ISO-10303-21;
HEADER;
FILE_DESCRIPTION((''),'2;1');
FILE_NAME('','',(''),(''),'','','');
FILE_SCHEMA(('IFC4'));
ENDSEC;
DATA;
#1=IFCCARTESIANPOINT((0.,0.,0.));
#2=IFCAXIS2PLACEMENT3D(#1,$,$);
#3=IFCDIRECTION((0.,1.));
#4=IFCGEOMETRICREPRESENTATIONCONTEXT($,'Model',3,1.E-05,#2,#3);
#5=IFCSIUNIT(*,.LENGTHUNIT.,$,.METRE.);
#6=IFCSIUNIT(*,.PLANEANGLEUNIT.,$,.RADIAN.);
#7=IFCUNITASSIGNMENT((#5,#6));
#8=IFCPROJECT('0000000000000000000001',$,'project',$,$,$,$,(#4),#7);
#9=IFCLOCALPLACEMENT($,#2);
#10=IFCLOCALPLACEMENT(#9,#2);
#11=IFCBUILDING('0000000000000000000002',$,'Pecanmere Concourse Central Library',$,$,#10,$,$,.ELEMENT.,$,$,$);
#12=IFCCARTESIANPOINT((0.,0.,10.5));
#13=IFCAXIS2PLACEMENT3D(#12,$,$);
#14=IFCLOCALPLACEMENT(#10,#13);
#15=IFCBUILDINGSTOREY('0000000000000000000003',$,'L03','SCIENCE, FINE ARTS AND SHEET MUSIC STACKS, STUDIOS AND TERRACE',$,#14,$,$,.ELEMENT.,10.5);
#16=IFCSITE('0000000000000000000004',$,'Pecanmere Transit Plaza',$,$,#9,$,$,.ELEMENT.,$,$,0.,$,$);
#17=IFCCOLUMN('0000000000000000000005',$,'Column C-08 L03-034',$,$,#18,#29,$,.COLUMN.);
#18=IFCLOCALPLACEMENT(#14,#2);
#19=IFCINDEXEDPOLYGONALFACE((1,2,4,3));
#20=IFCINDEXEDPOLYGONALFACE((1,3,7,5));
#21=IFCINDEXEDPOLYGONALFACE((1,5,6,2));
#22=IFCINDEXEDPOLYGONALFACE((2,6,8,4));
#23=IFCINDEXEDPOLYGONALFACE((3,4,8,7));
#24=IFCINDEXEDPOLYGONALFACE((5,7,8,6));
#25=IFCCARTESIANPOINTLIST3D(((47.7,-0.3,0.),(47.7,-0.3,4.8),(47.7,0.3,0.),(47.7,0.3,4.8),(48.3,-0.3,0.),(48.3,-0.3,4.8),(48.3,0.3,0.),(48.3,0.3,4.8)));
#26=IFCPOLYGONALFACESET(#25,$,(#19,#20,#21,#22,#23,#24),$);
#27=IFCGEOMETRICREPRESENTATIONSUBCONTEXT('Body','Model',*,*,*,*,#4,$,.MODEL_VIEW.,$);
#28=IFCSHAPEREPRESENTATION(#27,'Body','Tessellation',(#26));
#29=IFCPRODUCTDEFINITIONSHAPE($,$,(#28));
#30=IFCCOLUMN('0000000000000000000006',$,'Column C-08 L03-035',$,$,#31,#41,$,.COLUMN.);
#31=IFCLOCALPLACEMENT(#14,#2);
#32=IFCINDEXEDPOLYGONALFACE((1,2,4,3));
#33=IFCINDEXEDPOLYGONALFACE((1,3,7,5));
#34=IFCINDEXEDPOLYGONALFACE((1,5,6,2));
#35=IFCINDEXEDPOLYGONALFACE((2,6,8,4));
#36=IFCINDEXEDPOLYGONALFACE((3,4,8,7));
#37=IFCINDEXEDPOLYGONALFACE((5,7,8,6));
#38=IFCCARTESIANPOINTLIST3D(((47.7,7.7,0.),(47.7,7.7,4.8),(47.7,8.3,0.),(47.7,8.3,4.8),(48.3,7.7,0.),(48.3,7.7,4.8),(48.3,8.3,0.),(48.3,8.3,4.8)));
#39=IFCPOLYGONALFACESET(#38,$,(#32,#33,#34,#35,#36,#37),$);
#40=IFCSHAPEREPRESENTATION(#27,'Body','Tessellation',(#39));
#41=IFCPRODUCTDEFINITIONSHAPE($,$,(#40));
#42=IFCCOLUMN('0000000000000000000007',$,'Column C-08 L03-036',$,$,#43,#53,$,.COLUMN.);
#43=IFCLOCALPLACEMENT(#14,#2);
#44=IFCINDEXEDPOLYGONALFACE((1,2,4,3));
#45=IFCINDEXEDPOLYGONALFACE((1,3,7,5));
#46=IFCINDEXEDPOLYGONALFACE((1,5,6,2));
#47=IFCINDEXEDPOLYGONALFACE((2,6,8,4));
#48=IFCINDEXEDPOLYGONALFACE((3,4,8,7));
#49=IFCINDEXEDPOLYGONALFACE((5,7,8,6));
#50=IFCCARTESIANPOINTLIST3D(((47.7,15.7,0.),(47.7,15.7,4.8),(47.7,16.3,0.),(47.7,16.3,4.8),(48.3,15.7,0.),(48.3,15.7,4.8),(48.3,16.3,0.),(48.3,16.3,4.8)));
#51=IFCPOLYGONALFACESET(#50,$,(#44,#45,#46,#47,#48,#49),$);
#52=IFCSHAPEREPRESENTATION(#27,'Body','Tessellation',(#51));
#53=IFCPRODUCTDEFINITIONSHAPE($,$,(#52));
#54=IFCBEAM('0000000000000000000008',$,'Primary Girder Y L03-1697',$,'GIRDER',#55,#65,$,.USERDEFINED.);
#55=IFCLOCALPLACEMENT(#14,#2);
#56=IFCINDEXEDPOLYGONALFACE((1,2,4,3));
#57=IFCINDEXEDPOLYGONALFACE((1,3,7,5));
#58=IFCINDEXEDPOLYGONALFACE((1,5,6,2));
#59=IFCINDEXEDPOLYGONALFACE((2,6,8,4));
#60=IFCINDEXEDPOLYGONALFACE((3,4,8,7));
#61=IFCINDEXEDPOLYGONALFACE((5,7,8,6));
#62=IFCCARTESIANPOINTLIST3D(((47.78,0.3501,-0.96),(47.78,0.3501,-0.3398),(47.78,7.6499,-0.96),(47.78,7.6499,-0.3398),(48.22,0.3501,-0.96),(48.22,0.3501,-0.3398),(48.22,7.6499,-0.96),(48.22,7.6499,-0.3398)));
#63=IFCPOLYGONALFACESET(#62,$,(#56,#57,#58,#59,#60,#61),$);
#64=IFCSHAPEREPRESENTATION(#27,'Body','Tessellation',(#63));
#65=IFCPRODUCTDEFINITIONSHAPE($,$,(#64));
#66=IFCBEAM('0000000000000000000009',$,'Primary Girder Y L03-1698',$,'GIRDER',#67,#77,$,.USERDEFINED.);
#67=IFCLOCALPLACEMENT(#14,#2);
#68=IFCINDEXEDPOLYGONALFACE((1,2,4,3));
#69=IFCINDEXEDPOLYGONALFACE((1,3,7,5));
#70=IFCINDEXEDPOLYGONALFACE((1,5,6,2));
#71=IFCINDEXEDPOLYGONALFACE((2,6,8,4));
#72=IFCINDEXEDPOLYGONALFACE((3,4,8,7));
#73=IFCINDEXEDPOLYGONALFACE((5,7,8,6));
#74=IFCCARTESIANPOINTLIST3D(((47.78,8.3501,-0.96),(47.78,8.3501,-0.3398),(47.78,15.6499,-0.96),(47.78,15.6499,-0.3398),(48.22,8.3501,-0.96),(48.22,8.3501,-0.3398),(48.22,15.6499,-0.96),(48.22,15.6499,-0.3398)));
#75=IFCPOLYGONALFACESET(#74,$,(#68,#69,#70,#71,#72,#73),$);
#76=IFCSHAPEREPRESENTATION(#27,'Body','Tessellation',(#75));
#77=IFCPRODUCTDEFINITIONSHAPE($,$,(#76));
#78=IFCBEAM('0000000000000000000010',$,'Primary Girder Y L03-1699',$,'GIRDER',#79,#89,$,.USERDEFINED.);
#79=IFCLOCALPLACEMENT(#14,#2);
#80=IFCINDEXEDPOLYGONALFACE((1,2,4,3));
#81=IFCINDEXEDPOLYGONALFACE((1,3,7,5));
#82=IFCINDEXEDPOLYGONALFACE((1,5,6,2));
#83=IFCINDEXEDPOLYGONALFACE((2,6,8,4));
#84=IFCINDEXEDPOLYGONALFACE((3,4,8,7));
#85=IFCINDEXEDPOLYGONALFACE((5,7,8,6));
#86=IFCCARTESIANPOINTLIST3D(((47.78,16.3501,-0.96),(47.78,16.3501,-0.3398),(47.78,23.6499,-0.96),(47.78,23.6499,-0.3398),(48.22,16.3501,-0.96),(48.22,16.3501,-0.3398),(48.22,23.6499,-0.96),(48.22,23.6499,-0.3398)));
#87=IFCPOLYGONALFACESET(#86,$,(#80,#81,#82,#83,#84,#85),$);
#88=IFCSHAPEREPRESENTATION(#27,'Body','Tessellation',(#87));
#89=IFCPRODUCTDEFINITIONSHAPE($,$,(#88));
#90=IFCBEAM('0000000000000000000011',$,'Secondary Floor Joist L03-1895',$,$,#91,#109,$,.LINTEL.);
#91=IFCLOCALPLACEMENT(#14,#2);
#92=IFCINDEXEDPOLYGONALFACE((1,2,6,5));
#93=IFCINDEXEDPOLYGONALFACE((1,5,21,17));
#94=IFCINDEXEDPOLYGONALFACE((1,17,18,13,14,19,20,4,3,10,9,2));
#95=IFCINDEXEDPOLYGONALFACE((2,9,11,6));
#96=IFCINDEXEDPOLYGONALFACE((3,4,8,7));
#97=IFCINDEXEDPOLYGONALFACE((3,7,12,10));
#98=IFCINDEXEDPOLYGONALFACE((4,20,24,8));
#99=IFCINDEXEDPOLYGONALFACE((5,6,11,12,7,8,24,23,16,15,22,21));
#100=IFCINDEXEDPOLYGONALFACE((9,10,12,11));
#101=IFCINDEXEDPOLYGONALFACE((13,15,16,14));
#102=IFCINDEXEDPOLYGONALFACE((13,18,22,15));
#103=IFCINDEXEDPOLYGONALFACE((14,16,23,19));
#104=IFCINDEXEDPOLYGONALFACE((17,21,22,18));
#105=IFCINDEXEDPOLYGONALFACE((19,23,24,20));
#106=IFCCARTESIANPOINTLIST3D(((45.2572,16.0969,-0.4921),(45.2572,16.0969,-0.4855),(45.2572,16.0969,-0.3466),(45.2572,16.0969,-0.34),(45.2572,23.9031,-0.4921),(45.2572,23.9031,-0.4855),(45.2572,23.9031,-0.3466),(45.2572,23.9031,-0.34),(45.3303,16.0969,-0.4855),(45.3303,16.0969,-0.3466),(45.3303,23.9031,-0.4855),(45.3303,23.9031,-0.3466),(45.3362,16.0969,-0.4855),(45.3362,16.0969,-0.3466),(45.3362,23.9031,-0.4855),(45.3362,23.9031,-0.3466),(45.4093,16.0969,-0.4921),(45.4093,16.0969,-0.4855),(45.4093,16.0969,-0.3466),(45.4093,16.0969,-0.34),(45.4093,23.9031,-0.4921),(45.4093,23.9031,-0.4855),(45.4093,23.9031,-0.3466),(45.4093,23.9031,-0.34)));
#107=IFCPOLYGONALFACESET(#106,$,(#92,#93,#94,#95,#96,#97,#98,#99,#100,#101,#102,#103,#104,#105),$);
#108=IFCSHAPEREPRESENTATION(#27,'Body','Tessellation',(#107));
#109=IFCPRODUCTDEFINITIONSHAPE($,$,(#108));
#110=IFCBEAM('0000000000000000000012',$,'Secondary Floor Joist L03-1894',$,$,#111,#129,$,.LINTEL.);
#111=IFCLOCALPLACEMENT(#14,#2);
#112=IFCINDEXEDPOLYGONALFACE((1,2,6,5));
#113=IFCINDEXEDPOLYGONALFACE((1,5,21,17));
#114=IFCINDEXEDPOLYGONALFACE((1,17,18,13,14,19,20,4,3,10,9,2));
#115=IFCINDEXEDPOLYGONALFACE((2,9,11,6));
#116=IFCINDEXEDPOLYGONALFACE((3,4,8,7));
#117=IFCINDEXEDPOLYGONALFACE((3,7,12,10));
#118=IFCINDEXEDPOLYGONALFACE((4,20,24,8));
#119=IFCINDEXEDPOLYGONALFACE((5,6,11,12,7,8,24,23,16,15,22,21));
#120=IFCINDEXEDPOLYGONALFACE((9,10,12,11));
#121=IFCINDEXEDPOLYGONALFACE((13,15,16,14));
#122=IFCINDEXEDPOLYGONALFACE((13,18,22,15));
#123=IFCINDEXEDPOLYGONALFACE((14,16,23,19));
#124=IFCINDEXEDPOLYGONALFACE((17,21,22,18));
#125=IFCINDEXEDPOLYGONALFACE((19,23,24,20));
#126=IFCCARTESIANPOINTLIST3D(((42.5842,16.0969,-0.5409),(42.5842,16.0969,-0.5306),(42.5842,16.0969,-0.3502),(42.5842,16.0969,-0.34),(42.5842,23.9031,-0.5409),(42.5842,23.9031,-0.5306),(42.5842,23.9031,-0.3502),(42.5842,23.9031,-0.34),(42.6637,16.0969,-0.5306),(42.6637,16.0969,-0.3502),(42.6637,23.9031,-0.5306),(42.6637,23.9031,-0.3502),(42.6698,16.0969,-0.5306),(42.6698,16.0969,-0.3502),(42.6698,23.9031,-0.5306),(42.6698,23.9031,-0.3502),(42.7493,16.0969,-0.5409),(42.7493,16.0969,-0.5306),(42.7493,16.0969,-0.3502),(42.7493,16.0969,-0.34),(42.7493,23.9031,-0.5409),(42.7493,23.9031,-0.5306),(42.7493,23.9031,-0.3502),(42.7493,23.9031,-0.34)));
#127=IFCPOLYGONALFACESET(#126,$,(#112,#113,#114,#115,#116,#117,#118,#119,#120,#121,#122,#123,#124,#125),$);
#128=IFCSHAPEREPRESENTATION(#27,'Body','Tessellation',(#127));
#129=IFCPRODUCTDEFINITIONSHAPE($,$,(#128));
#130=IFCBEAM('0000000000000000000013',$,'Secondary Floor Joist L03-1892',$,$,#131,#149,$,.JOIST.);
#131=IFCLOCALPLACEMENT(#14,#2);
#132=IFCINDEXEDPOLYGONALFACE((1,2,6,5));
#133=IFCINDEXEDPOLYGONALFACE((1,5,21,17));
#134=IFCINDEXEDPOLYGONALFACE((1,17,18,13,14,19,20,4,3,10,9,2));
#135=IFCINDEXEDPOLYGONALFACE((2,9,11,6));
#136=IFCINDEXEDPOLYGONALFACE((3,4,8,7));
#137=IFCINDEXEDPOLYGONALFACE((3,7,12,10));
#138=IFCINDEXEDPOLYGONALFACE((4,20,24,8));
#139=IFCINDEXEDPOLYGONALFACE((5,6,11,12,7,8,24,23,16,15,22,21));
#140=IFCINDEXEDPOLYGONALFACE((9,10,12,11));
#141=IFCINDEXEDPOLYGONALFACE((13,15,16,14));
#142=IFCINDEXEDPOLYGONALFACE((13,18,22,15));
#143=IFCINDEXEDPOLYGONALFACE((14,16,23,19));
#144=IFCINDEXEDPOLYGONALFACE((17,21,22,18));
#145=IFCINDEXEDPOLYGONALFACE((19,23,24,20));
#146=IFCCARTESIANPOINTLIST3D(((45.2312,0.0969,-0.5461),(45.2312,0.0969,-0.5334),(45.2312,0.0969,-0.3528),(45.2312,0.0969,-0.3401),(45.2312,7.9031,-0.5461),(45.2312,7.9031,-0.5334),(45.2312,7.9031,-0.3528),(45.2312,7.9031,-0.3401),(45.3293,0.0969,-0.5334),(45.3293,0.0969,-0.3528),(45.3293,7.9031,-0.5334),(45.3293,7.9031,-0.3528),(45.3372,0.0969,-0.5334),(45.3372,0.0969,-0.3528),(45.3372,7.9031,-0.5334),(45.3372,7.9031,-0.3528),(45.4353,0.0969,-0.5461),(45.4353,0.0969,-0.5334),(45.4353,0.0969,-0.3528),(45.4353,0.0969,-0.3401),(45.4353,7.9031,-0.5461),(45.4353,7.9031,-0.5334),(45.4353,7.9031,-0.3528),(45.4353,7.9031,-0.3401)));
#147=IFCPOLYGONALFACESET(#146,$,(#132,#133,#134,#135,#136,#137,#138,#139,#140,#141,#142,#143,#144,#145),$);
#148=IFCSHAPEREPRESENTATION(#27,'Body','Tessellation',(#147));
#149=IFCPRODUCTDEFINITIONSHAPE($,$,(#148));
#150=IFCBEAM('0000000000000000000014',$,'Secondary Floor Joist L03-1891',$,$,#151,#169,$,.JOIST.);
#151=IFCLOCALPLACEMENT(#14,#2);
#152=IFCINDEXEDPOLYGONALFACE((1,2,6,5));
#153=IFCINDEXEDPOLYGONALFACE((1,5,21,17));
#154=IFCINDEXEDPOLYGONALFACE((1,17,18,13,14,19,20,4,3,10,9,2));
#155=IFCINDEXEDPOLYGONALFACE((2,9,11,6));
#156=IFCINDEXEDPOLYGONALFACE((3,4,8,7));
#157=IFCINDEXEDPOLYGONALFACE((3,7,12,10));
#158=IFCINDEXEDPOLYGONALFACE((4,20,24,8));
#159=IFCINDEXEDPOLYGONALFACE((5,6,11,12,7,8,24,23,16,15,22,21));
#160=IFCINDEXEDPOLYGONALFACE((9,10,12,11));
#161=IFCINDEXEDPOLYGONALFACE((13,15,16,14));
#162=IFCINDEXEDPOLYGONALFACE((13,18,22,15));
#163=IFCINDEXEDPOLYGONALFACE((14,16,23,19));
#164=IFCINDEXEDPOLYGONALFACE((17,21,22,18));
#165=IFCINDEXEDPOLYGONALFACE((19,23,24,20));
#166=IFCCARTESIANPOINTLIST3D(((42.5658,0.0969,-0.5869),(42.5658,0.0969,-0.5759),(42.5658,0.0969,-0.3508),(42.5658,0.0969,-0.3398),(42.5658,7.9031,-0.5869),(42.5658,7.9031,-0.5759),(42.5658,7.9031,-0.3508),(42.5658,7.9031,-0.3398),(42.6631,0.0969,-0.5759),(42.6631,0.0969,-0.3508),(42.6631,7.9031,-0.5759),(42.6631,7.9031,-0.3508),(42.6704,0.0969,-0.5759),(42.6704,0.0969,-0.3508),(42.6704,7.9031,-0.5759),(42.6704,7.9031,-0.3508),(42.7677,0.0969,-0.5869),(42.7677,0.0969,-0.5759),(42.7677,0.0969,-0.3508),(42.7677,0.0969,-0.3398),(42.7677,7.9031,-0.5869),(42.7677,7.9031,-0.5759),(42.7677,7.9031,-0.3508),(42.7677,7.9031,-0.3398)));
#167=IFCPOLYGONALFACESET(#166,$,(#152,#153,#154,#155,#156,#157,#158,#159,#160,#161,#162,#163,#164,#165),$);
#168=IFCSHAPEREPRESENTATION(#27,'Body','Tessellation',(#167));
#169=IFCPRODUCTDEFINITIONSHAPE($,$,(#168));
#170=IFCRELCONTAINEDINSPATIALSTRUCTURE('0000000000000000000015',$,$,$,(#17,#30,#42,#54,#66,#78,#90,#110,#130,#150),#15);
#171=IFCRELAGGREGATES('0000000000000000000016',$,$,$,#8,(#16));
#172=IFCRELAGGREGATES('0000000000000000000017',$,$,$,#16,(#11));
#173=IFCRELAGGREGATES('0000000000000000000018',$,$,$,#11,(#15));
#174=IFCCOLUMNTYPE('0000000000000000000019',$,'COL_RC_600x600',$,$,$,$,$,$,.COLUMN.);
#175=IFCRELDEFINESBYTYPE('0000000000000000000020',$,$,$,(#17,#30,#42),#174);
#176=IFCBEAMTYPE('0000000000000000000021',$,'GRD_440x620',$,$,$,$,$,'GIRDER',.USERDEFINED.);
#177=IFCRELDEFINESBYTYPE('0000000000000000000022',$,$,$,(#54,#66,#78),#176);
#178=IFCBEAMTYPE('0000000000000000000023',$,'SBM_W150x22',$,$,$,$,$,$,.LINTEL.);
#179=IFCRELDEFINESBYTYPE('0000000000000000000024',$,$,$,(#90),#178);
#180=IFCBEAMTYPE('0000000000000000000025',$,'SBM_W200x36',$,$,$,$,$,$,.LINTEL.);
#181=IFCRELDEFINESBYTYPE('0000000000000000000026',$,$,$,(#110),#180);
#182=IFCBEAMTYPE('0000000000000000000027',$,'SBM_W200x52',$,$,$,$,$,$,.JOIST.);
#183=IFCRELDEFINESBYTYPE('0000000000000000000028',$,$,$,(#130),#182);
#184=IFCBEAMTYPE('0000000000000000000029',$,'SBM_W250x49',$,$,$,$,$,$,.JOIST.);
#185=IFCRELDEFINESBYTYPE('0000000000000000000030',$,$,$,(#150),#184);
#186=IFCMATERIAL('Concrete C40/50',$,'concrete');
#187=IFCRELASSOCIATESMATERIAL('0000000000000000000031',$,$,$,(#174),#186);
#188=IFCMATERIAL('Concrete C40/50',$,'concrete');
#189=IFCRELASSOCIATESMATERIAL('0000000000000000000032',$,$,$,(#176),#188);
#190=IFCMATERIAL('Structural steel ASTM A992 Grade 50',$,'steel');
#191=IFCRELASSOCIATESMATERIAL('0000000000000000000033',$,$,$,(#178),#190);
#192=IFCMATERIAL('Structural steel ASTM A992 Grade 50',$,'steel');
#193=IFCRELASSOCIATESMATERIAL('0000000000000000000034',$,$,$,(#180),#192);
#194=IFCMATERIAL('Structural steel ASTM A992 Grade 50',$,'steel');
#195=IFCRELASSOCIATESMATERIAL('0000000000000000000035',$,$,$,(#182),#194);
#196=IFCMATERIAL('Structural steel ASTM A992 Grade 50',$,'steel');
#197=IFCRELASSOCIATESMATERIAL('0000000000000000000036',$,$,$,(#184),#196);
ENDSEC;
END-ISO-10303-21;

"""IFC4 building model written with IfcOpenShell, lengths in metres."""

from ifc_helpers import new_model, si_unit, direction, frame, origin, origin_2d, place, context, subcontext, project, spatial, rectangle, i_section, extrude, material, material_profile, profile_set, type_object, element, save


model = new_model("IFC4")

# Units and contexts
model_context = context("Model", 3, precision=1e-05, world=origin(), true_north=direction((0.0, 1.0)))
body_context = subcontext(model_context, "Body", "Model", "MODEL_VIEW")
ifc_project = project(units=[si_unit("LENGTHUNIT", "METRE"), si_unit("PLANEANGLEUNIT", "RADIAN")], contexts=[model_context])

# Site, building, storey
site_placement = place(None, origin())
site = spatial("IfcSite", under=ifc_project, at=site_placement, Name="Pecanmere Transit Plaza", CompositionType="ELEMENT", RefElevation=0.0)
building_placement = place(site_placement, origin())
building = spatial("IfcBuilding", under=site, at=building_placement, Name="Pecanmere Concourse Central Library", CompositionType="ELEMENT")
storey_placement = place(building_placement, frame((0.0, 0.0, 10.5)))
storey = spatial("IfcBuildingStorey", under=building, at=storey_placement, Name="L03", Description="SCIENCE, FINE ARTS AND SHEET MUSIC STACKS, STUDIOS AND TERRACE", CompositionType="ELEMENT", Elevation=10.5)

# Columns
ifc_material_1 = material(Name="Concrete C40/50", Category="concrete")
ifc_material_profile_1 = material_profile(ifc_material_1, rectangle(XDim=0.6001, YDim=0.6001, at=origin_2d()), Name="RC 600x600")
ifc_profile_set_1 = profile_set([ifc_material_profile_1], Name="Concrete C40/50")
column_type = type_object("IfcColumnType", Name="COL_RC_600x600", PredefinedType="COLUMN", material=ifc_profile_set_1)
for number, where, z_axis, x_axis, name in (
    (1, (48.0, 0.0, 0.0), (0.0, 0.0, 1.0), (1.0, 0.0, 0.0), "Column C-08 L03-034"),
    (2, (48.0, 8.0, 0.0), (0.0, 0.0, 1.0), (1.0, 0.0, 0.0), "Column C-08 L03-035"),
    (3, (48.0, 16.0, 0.0), (0.0, 0.0, 1.0), (1.0, 0.0, 0.0), "Column C-08 L03-036"),
):
    element("IfcColumn", number, at=place(storey_placement, frame(where, z_axis=z_axis, x_axis=x_axis)), inside=storey, type_object=column_type, Name=name, PredefinedType="COLUMN", context=body_context, shape_type="SweptSolid", body=[
        extrude(rectangle(XDim=0.6001, YDim=0.6001, at=origin_2d()), origin(), (0.0, 0.0, 1.0), 4.8),
    ])

# Beams
ifc_material_2 = material(Name="Concrete C40/50", Category="concrete")
ifc_material_profile_2 = material_profile(ifc_material_2, rectangle(XDim=0.4399, YDim=0.6201, at=origin_2d()), Name="RC 440x620")
ifc_profile_set_2 = profile_set([ifc_material_profile_2], Name="Concrete C40/50")
beam_type_1 = type_object("IfcBeamType", Name="GRD_440x620", ElementType="GIRDER", PredefinedType="USERDEFINED", material=ifc_profile_set_2)
for number, where, z_axis, x_axis, name in (
    (4, (48.0, 0.3501, -0.6499), (0.0, 1.0, 0.0), (-1.0, 0.0, 0.0), "Primary Girder Y L03-1697"),
    (5, (48.0, 8.3501, -0.6499), (0.0, 1.0, 0.0), (-1.0, 0.0, 0.0), "Primary Girder Y L03-1698"),
    (6, (48.0, 16.3501, -0.6499), (0.0, 1.0, 0.0), (-1.0, 0.0, 0.0), "Primary Girder Y L03-1699"),
):
    element("IfcBeam", number, at=place(storey_placement, frame(where, z_axis=z_axis, x_axis=x_axis)), inside=storey, type_object=beam_type_1, Name=name, ObjectType="GIRDER", PredefinedType="USERDEFINED", context=body_context, shape_type="SweptSolid", body=[
        extrude(rectangle(XDim=0.4399, YDim=0.6201, at=origin_2d()), origin(), (0.0, 0.0, 1.0), 7.2998),
    ])
ifc_material_3 = material(Name="Structural steel ASTM A992 Grade 50", Category="steel")
ifc_material_profile_3 = material_profile(ifc_material_3, i_section(OverallWidth=0.1521, OverallDepth=0.1521, WebThickness=0.0059, FlangeThickness=0.0066, at=origin_2d()), Name="W150x22.5")
ifc_profile_set_3 = profile_set([ifc_material_profile_3], Name="Structural steel ASTM A992 Grade 50")
beam_type_2 = type_object("IfcBeamType", Name="SBM_W150x22", PredefinedType="LINTEL", material=ifc_profile_set_3)
beam_1_placement = place(storey_placement, frame((45.3333, 16.0969, -0.416), z_axis=(0.0, 1.0, 0.0), x_axis=(-1.0, 0.0, 0.0)))
element("IfcBeam", 7, at=beam_1_placement, inside=storey, type_object=beam_type_2, Name="Secondary Floor Joist L03-1895", PredefinedType="LINTEL", context=body_context, shape_type="SweptSolid", body=[
    extrude(i_section(OverallWidth=0.1521, OverallDepth=0.1521, WebThickness=0.0059, FlangeThickness=0.0066, at=origin_2d()), origin(), (0.0, 0.0, 1.0), 7.8062),
])
ifc_material_4 = material(Name="Structural steel ASTM A992 Grade 50", Category="steel")
ifc_material_profile_4 = material_profile(ifc_material_4, i_section(OverallWidth=0.165, OverallDepth=0.2009, WebThickness=0.0061, FlangeThickness=0.0103, at=origin_2d()), Name="W200x35.9")
ifc_profile_set_4 = profile_set([ifc_material_profile_4], Name="Structural steel ASTM A992 Grade 50")
beam_type_3 = type_object("IfcBeamType", Name="SBM_W200x36", PredefinedType="LINTEL", material=ifc_profile_set_4)
beam_2_placement = place(storey_placement, frame((42.6667, 16.0969, -0.4404), z_axis=(0.0, 1.0, 0.0), x_axis=(-1.0, 0.0, 0.0)))
element("IfcBeam", 8, at=beam_2_placement, inside=storey, type_object=beam_type_3, Name="Secondary Floor Joist L03-1894", PredefinedType="LINTEL", context=body_context, shape_type="SweptSolid", body=[
    extrude(i_section(OverallWidth=0.165, OverallDepth=0.2009, WebThickness=0.0061, FlangeThickness=0.0103, at=origin_2d()), origin(), (0.0, 0.0, 1.0), 7.8062),
])
ifc_material_5 = material(Name="Structural steel ASTM A992 Grade 50", Category="steel")
ifc_material_profile_5 = material_profile(ifc_material_5, i_section(OverallWidth=0.2041, OverallDepth=0.2061, WebThickness=0.0078, FlangeThickness=0.0127, at=origin_2d()), Name="W200x52")
ifc_profile_set_5 = profile_set([ifc_material_profile_5], Name="Structural steel ASTM A992 Grade 50")
beam_type_4 = type_object("IfcBeamType", Name="SBM_W200x52", PredefinedType="JOIST", material=ifc_profile_set_5)
beam_3_placement = place(storey_placement, frame((45.3333, 0.0969, -0.4431), z_axis=(0.0, 1.0, 0.0), x_axis=(-1.0, 0.0, 0.0)))
element("IfcBeam", 9, at=beam_3_placement, inside=storey, type_object=beam_type_4, Name="Secondary Floor Joist L03-1892", PredefinedType="JOIST", context=body_context, shape_type="SweptSolid", body=[
    extrude(i_section(OverallWidth=0.2041, OverallDepth=0.2061, WebThickness=0.0078, FlangeThickness=0.0127, at=origin_2d()), origin(), (0.0, 0.0, 1.0), 7.8062),
])
ifc_material_6 = material(Name="Structural steel ASTM A992 Grade 50", Category="steel")
ifc_material_profile_6 = material_profile(ifc_material_6, i_section(OverallWidth=0.2019, OverallDepth=0.2471, WebThickness=0.0073, FlangeThickness=0.011, at=origin_2d()), Name="W250x49.1")
ifc_profile_set_6 = profile_set([ifc_material_profile_6], Name="Structural steel ASTM A992 Grade 50")
beam_type_5 = type_object("IfcBeamType", Name="SBM_W250x49", PredefinedType="JOIST", material=ifc_profile_set_6)
beam_4_placement = place(storey_placement, frame((42.6667, 0.0969, -0.4634), z_axis=(0.0, 1.0, 0.0), x_axis=(-1.0, 0.0, 0.0)))
element("IfcBeam", 10, at=beam_4_placement, inside=storey, type_object=beam_type_5, Name="Secondary Floor Joist L03-1891", PredefinedType="JOIST", context=body_context, shape_type="SweptSolid", body=[
    extrude(i_section(OverallWidth=0.2019, OverallDepth=0.2471, WebThickness=0.0073, FlangeThickness=0.011, at=origin_2d()), origin(), (0.0, 0.0, 1.0), 7.8062),
])

save(model, "model.ifc")
